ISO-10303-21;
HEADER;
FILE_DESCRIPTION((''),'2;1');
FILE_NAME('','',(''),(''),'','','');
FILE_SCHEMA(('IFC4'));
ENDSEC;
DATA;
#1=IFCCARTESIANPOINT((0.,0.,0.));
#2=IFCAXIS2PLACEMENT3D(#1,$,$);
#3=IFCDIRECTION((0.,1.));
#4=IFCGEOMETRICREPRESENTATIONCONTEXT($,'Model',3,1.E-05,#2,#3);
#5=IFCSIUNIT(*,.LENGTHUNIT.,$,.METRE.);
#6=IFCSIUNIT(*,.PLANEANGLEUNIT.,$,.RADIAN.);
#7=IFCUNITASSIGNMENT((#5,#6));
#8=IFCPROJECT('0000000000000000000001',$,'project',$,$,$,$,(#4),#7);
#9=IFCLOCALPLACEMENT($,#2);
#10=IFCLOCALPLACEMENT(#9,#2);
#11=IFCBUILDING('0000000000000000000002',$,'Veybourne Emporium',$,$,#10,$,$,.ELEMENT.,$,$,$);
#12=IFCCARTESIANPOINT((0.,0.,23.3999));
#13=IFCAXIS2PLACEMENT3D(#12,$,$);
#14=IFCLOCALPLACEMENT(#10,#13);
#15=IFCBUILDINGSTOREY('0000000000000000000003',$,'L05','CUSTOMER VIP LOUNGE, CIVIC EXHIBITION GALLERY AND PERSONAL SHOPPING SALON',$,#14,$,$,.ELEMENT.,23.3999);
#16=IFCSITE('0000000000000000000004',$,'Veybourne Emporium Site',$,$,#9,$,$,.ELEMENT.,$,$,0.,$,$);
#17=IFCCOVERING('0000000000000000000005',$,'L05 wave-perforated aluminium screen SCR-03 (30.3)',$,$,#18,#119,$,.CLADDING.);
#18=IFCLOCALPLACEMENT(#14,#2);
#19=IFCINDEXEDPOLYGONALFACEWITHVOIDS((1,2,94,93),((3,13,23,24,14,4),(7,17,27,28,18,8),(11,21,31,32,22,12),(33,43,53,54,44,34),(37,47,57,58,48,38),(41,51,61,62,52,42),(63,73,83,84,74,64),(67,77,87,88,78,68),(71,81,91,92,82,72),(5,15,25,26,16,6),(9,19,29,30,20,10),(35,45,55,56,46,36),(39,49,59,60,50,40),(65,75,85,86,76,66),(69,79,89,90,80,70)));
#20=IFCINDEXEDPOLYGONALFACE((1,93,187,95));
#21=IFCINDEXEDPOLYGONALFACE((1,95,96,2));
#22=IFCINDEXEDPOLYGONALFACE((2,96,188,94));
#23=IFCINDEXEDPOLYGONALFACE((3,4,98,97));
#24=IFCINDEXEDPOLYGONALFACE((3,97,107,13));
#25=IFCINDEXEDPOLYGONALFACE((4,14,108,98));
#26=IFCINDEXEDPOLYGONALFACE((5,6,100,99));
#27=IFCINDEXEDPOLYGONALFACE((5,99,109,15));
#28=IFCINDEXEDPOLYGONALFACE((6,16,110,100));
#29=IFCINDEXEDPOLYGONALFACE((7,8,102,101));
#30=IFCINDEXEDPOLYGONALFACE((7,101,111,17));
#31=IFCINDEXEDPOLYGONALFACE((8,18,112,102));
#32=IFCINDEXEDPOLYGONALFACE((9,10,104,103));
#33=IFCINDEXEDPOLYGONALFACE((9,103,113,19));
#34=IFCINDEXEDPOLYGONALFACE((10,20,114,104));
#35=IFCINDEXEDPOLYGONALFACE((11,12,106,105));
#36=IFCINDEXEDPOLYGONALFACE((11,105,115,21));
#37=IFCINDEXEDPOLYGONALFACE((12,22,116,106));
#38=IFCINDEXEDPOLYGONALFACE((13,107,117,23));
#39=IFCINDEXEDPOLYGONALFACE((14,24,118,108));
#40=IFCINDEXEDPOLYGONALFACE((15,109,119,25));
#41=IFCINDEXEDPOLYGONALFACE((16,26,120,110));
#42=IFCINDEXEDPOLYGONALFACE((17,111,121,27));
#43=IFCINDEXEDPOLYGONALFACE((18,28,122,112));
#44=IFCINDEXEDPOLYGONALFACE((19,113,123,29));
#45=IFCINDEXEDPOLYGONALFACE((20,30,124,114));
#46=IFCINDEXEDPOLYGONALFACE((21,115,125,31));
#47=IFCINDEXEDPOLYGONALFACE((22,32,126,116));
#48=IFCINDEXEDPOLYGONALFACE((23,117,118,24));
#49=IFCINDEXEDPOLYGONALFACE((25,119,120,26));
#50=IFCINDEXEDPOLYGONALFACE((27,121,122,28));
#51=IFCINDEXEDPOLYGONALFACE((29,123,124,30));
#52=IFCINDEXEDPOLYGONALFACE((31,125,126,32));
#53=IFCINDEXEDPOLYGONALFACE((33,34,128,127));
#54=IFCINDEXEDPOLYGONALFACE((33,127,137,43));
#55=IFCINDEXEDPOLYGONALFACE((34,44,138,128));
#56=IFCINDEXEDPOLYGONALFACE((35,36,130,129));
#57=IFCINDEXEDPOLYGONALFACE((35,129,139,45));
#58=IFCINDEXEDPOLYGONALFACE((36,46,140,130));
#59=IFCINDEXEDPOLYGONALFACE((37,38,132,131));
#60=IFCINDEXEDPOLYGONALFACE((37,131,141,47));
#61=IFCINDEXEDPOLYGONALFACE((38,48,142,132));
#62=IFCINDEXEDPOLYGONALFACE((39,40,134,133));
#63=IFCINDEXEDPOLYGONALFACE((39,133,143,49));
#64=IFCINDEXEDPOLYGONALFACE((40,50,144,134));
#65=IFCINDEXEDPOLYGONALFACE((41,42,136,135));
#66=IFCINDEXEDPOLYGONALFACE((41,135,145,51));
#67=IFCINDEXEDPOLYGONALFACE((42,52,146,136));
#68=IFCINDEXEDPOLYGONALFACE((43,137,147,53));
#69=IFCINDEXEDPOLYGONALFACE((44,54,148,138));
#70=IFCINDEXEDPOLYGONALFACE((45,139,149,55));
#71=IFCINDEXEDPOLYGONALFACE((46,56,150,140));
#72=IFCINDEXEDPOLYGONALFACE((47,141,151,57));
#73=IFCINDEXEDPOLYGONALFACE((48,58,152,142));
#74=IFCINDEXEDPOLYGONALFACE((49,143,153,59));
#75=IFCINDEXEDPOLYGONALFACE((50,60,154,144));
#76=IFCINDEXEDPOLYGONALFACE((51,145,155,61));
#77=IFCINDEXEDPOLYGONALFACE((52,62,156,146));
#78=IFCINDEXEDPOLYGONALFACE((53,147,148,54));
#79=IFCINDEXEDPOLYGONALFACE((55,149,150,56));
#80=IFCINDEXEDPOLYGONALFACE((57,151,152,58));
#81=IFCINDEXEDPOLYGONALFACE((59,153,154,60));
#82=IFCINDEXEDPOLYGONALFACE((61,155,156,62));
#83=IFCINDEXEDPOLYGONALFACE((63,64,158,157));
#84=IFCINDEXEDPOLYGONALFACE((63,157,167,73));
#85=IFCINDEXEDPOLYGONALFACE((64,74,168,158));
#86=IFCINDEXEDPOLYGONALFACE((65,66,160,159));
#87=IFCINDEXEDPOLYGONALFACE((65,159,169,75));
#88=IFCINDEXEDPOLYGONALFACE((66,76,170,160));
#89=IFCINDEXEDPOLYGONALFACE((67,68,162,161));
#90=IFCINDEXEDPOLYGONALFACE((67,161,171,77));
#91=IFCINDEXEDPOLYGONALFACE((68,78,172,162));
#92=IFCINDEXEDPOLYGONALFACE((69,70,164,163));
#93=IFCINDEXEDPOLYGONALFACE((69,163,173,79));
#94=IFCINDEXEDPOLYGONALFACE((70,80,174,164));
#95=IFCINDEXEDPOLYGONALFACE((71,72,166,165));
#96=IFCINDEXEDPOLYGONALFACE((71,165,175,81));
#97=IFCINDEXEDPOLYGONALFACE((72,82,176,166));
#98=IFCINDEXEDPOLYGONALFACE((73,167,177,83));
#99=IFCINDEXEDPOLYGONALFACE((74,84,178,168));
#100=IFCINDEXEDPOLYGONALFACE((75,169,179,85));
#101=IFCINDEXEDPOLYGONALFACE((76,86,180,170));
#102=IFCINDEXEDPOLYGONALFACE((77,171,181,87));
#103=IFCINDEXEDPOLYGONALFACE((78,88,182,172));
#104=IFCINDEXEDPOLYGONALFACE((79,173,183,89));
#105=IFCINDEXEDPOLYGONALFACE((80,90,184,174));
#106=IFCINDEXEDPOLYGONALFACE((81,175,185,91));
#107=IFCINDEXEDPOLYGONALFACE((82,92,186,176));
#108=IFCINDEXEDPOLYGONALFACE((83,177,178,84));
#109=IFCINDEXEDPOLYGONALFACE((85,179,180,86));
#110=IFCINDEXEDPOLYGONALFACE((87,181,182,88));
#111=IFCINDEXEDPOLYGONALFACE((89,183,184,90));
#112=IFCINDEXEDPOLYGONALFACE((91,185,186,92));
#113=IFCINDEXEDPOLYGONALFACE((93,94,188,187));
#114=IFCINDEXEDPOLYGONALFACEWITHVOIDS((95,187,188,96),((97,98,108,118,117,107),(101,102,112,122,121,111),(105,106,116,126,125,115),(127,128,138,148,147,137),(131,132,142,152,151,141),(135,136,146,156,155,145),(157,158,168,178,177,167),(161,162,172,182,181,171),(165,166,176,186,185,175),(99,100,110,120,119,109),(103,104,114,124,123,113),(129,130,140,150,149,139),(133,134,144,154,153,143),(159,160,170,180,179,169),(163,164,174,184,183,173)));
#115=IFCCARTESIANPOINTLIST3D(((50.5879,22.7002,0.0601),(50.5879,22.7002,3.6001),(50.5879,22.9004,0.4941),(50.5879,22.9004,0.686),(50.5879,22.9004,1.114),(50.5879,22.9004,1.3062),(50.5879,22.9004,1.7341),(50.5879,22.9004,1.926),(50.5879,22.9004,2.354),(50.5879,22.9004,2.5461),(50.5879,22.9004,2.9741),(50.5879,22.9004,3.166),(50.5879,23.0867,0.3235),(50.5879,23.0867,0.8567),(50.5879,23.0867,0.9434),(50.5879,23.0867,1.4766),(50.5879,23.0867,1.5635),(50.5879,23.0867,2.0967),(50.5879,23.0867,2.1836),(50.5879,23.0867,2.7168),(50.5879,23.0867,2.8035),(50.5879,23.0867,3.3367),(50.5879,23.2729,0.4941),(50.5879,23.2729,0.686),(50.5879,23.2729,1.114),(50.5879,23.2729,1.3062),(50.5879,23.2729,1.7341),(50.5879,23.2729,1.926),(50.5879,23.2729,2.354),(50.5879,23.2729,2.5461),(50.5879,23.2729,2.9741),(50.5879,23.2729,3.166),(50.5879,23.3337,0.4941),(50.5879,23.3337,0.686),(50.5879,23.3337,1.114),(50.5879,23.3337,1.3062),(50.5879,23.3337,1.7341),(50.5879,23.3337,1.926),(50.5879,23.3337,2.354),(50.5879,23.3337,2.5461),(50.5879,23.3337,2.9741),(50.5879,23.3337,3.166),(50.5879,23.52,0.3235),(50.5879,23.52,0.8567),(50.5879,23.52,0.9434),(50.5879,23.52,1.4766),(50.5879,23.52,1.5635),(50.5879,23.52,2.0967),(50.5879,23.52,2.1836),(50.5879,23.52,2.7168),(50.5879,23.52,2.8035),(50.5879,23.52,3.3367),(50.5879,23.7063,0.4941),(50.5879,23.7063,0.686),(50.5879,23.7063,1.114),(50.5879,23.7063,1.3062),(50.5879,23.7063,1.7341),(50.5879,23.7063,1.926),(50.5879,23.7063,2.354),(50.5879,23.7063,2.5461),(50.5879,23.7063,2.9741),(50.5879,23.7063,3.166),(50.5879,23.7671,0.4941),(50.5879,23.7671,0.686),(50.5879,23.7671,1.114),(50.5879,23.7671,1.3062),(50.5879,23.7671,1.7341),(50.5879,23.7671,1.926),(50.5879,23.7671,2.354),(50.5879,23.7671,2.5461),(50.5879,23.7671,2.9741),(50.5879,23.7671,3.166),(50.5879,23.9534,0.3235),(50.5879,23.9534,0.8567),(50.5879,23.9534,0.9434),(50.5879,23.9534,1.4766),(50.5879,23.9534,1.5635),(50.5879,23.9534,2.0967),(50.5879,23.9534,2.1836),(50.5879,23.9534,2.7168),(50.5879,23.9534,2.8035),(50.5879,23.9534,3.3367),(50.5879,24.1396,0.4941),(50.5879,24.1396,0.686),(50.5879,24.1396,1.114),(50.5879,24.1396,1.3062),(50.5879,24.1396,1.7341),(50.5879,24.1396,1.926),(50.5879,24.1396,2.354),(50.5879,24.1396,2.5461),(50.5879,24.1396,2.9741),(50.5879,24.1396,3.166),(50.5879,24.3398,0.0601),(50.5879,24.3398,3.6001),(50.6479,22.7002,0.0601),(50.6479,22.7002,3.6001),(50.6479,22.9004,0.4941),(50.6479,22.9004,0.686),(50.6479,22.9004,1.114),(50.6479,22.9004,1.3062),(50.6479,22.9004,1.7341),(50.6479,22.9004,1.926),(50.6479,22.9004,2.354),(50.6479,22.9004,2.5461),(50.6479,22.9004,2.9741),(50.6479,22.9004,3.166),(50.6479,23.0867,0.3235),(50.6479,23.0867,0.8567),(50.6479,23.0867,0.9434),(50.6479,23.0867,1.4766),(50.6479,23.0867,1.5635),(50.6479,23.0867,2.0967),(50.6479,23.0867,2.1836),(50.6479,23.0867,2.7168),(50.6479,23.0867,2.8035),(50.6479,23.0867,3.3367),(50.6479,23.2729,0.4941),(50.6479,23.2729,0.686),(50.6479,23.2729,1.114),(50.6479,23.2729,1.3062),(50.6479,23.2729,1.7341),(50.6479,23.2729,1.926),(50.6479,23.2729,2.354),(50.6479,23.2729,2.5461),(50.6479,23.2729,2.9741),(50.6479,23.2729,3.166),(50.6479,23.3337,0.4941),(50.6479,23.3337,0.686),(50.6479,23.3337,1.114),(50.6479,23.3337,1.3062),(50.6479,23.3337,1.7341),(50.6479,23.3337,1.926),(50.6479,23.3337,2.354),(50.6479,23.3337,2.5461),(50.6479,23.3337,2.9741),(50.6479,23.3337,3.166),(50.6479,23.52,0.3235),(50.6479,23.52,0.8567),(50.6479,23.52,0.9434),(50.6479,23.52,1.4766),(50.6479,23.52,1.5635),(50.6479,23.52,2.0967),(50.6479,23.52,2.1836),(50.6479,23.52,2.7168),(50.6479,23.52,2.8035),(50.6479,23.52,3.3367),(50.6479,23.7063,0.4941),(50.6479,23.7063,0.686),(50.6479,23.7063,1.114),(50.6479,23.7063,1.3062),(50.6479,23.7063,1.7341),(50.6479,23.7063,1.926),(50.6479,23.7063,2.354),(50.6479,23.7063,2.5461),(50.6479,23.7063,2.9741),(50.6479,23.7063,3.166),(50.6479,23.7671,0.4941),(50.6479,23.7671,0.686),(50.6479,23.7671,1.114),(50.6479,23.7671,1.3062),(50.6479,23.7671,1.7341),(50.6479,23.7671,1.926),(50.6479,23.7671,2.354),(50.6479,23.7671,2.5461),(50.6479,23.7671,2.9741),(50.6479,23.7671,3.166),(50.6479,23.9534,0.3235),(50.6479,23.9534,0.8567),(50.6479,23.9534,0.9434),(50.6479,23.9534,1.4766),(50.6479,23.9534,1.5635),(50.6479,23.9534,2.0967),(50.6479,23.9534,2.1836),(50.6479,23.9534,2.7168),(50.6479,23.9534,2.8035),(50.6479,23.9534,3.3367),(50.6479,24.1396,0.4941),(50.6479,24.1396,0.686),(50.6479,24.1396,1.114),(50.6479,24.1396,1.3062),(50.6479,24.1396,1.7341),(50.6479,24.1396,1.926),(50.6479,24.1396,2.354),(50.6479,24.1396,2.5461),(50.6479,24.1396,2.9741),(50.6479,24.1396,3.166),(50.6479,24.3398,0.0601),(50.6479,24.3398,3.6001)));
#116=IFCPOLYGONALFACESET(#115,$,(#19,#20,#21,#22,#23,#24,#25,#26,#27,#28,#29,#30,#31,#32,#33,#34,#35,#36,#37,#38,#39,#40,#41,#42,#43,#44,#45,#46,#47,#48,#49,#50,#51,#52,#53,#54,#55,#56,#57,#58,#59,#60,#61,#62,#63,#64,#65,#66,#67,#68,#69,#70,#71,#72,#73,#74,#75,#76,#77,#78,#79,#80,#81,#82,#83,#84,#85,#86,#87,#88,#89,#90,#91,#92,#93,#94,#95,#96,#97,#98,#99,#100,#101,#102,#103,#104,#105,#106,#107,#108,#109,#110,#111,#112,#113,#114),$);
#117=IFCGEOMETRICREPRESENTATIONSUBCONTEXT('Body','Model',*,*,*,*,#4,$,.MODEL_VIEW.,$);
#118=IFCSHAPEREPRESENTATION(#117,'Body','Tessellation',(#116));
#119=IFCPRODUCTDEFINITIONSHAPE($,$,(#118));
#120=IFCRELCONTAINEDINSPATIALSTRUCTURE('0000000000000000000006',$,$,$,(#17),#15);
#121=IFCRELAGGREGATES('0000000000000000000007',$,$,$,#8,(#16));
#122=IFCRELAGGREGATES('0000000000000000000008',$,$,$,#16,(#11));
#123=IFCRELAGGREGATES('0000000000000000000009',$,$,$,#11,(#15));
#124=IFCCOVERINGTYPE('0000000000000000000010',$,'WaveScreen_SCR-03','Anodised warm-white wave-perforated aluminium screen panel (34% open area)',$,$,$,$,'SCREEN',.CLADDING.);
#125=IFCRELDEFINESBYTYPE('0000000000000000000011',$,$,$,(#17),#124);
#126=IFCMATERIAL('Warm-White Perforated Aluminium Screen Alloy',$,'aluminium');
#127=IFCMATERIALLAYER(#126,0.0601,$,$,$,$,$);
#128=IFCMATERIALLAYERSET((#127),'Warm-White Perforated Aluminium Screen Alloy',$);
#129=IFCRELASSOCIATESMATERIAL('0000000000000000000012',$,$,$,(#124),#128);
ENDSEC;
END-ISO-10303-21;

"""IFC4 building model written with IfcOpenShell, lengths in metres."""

from ifc_helpers import new_model, si_unit, direction, frame, origin, place, context, subcontext, project, spatial, polyline, outline, extrude, material, layer, layer_set, type_object, element, save


model = new_model("IFC4")

# Units and contexts
model_context = context("Model", 3, precision=1e-05, world=origin(), true_north=direction((0.0, 1.0)))
body_context = subcontext(model_context, "Body", "Model", "MODEL_VIEW")
ifc_project = project(units=[si_unit("LENGTHUNIT", "METRE"), si_unit("PLANEANGLEUNIT", "RADIAN")], contexts=[model_context])

# Site, building, storey
site_placement = place(None, origin())
site = spatial("IfcSite", under=ifc_project, at=site_placement, Name="Veybourne Emporium Site", CompositionType="ELEMENT", RefElevation=0.0)
building_placement = place(site_placement, origin())
building = spatial("IfcBuilding", under=site, at=building_placement, Name="Veybourne Emporium", CompositionType="ELEMENT")
storey_placement = place(building_placement, frame((0.0, 0.0, 23.3999)))
storey = spatial("IfcBuildingStorey", under=building, at=storey_placement, Name="L05", Description="CUSTOMER VIP LOUNGE, CIVIC EXHIBITION GALLERY AND PERSONAL SHOPPING SALON", CompositionType="ELEMENT", Elevation=23.3999)

# Covering
ifc_material_1 = material(Name="Warm-White Perforated Aluminium Screen Alloy", Category="aluminium")
ifc_layer_1 = layer(ifc_material_1, 0.0601)
ifc_layer_set_1 = layer_set([ifc_layer_1], Name="Warm-White Perforated Aluminium Screen Alloy")
covering_type_1 = type_object("IfcCoveringType", Name="WaveScreen_SCR-03", Description="Anodised warm-white wave-perforated aluminium screen panel (34% open area)", ElementType="SCREEN", PredefinedType="CLADDING", material=ifc_layer_set_1)
covering_1_placement = place(storey_placement, frame((50.6479, 23.52, 1.8301), z_axis=(-1.0, 0.0, 0.0), x_axis=(0.0, -1.0, 0.0)))
element("IfcCovering", 1, at=covering_1_placement, inside=storey, type_object=covering_type_1, Name="L05 wave-perforated aluminium screen SCR-03 (30.3)", PredefinedType="CLADDING", context=body_context, shape_type="SweptSolid", body=[
    extrude(outline(polyline([(-0.8198, -1.77), (0.8198, -1.77), (0.8198, 1.77), (-0.8198, 1.77), (-0.8198, -1.77)]), holes=[polyline([(-0.4333, -0.9734), (-0.2471, -1.144), (-0.2471, -1.3359), (-0.4333, -1.5066), (-0.6196, -1.3359), (-0.6196, -1.144), (-0.4333, -0.9734)]), polyline([(-0.4333, -0.3535), (-0.2471, -0.5239), (-0.2471, -0.7161), (-0.4333, -0.8867), (-0.6196, -0.7161), (-0.6196, -0.5239), (-0.4333, -0.3535)]), polyline([(-0.4333, 0.2666), (-0.2471, 0.0959), (-0.2471, -0.0959), (-0.4333, -0.2666), (-0.6196, -0.0959), (-0.6196, 0.0959), (-0.4333, 0.2666)]), polyline([(-0.4333, 0.8867), (-0.2471, 0.7161), (-0.2471, 0.5239), (-0.4333, 0.3535), (-0.6196, 0.5239), (-0.6196, 0.7161), (-0.4333, 0.8867)]), polyline([(-0.4333, 1.5066), (-0.2471, 1.3359), (-0.2471, 1.144), (-0.4333, 0.9734), (-0.6196, 1.144), (-0.6196, 1.3359), (-0.4333, 1.5066)]), polyline([(0.0, -0.9734), (0.1863, -1.144), (0.1863, -1.3359), (0.0, -1.5066), (-0.1863, -1.3359), (-0.1863, -1.144), (0.0, -0.9734)]), polyline([(0.0, -0.3535), (0.1863, -0.5239), (0.1863, -0.7161), (0.0, -0.8867), (-0.1863, -0.7161), (-0.1863, -0.5239), (0.0, -0.3535)]), polyline([(0.0, 0.2666), (0.1863, 0.0959), (0.1863, -0.0959), (0.0, -0.2666), (-0.1863, -0.0959), (-0.1863, 0.0959), (0.0, 0.2666)]), polyline([(0.0, 0.8867), (0.1863, 0.7161), (0.1863, 0.5239), (0.0, 0.3535), (-0.1863, 0.5239), (-0.1863, 0.7161), (0.0, 0.8867)]), polyline([(0.0, 1.5066), (0.1863, 1.3359), (0.1863, 1.144), (0.0, 0.9734), (-0.1863, 1.144), (-0.1863, 1.3359), (0.0, 1.5066)]), polyline([(0.4333, -0.9734), (0.6196, -1.144), (0.6196, -1.3359), (0.4333, -1.5066), (0.2471, -1.3359), (0.2471, -1.144), (0.4333, -0.9734)]), polyline([(0.4333, -0.3535), (0.6196, -0.5239), (0.6196, -0.7161), (0.4333, -0.8867), (0.2471, -0.7161), (0.2471, -0.5239), (0.4333, -0.3535)]), polyline([(0.4333, 0.2666), (0.6196, 0.0959), (0.6196, -0.0959), (0.4333, -0.2666), (0.2471, -0.0959), (0.2471, 0.0959), (0.4333, 0.2666)]), polyline([(0.4333, 0.8867), (0.6196, 0.7161), (0.6196, 0.5239), (0.4333, 0.3535), (0.2471, 0.5239), (0.2471, 0.7161), (0.4333, 0.8867)]), polyline([(0.4333, 1.5066), (0.6196, 1.3359), (0.6196, 1.144), (0.4333, 0.9734), (0.2471, 1.144), (0.2471, 1.3359), (0.4333, 1.5066)])]), origin(), (0.0, 0.0, 1.0), 0.0601),
])

save(model, "model.ifc")
